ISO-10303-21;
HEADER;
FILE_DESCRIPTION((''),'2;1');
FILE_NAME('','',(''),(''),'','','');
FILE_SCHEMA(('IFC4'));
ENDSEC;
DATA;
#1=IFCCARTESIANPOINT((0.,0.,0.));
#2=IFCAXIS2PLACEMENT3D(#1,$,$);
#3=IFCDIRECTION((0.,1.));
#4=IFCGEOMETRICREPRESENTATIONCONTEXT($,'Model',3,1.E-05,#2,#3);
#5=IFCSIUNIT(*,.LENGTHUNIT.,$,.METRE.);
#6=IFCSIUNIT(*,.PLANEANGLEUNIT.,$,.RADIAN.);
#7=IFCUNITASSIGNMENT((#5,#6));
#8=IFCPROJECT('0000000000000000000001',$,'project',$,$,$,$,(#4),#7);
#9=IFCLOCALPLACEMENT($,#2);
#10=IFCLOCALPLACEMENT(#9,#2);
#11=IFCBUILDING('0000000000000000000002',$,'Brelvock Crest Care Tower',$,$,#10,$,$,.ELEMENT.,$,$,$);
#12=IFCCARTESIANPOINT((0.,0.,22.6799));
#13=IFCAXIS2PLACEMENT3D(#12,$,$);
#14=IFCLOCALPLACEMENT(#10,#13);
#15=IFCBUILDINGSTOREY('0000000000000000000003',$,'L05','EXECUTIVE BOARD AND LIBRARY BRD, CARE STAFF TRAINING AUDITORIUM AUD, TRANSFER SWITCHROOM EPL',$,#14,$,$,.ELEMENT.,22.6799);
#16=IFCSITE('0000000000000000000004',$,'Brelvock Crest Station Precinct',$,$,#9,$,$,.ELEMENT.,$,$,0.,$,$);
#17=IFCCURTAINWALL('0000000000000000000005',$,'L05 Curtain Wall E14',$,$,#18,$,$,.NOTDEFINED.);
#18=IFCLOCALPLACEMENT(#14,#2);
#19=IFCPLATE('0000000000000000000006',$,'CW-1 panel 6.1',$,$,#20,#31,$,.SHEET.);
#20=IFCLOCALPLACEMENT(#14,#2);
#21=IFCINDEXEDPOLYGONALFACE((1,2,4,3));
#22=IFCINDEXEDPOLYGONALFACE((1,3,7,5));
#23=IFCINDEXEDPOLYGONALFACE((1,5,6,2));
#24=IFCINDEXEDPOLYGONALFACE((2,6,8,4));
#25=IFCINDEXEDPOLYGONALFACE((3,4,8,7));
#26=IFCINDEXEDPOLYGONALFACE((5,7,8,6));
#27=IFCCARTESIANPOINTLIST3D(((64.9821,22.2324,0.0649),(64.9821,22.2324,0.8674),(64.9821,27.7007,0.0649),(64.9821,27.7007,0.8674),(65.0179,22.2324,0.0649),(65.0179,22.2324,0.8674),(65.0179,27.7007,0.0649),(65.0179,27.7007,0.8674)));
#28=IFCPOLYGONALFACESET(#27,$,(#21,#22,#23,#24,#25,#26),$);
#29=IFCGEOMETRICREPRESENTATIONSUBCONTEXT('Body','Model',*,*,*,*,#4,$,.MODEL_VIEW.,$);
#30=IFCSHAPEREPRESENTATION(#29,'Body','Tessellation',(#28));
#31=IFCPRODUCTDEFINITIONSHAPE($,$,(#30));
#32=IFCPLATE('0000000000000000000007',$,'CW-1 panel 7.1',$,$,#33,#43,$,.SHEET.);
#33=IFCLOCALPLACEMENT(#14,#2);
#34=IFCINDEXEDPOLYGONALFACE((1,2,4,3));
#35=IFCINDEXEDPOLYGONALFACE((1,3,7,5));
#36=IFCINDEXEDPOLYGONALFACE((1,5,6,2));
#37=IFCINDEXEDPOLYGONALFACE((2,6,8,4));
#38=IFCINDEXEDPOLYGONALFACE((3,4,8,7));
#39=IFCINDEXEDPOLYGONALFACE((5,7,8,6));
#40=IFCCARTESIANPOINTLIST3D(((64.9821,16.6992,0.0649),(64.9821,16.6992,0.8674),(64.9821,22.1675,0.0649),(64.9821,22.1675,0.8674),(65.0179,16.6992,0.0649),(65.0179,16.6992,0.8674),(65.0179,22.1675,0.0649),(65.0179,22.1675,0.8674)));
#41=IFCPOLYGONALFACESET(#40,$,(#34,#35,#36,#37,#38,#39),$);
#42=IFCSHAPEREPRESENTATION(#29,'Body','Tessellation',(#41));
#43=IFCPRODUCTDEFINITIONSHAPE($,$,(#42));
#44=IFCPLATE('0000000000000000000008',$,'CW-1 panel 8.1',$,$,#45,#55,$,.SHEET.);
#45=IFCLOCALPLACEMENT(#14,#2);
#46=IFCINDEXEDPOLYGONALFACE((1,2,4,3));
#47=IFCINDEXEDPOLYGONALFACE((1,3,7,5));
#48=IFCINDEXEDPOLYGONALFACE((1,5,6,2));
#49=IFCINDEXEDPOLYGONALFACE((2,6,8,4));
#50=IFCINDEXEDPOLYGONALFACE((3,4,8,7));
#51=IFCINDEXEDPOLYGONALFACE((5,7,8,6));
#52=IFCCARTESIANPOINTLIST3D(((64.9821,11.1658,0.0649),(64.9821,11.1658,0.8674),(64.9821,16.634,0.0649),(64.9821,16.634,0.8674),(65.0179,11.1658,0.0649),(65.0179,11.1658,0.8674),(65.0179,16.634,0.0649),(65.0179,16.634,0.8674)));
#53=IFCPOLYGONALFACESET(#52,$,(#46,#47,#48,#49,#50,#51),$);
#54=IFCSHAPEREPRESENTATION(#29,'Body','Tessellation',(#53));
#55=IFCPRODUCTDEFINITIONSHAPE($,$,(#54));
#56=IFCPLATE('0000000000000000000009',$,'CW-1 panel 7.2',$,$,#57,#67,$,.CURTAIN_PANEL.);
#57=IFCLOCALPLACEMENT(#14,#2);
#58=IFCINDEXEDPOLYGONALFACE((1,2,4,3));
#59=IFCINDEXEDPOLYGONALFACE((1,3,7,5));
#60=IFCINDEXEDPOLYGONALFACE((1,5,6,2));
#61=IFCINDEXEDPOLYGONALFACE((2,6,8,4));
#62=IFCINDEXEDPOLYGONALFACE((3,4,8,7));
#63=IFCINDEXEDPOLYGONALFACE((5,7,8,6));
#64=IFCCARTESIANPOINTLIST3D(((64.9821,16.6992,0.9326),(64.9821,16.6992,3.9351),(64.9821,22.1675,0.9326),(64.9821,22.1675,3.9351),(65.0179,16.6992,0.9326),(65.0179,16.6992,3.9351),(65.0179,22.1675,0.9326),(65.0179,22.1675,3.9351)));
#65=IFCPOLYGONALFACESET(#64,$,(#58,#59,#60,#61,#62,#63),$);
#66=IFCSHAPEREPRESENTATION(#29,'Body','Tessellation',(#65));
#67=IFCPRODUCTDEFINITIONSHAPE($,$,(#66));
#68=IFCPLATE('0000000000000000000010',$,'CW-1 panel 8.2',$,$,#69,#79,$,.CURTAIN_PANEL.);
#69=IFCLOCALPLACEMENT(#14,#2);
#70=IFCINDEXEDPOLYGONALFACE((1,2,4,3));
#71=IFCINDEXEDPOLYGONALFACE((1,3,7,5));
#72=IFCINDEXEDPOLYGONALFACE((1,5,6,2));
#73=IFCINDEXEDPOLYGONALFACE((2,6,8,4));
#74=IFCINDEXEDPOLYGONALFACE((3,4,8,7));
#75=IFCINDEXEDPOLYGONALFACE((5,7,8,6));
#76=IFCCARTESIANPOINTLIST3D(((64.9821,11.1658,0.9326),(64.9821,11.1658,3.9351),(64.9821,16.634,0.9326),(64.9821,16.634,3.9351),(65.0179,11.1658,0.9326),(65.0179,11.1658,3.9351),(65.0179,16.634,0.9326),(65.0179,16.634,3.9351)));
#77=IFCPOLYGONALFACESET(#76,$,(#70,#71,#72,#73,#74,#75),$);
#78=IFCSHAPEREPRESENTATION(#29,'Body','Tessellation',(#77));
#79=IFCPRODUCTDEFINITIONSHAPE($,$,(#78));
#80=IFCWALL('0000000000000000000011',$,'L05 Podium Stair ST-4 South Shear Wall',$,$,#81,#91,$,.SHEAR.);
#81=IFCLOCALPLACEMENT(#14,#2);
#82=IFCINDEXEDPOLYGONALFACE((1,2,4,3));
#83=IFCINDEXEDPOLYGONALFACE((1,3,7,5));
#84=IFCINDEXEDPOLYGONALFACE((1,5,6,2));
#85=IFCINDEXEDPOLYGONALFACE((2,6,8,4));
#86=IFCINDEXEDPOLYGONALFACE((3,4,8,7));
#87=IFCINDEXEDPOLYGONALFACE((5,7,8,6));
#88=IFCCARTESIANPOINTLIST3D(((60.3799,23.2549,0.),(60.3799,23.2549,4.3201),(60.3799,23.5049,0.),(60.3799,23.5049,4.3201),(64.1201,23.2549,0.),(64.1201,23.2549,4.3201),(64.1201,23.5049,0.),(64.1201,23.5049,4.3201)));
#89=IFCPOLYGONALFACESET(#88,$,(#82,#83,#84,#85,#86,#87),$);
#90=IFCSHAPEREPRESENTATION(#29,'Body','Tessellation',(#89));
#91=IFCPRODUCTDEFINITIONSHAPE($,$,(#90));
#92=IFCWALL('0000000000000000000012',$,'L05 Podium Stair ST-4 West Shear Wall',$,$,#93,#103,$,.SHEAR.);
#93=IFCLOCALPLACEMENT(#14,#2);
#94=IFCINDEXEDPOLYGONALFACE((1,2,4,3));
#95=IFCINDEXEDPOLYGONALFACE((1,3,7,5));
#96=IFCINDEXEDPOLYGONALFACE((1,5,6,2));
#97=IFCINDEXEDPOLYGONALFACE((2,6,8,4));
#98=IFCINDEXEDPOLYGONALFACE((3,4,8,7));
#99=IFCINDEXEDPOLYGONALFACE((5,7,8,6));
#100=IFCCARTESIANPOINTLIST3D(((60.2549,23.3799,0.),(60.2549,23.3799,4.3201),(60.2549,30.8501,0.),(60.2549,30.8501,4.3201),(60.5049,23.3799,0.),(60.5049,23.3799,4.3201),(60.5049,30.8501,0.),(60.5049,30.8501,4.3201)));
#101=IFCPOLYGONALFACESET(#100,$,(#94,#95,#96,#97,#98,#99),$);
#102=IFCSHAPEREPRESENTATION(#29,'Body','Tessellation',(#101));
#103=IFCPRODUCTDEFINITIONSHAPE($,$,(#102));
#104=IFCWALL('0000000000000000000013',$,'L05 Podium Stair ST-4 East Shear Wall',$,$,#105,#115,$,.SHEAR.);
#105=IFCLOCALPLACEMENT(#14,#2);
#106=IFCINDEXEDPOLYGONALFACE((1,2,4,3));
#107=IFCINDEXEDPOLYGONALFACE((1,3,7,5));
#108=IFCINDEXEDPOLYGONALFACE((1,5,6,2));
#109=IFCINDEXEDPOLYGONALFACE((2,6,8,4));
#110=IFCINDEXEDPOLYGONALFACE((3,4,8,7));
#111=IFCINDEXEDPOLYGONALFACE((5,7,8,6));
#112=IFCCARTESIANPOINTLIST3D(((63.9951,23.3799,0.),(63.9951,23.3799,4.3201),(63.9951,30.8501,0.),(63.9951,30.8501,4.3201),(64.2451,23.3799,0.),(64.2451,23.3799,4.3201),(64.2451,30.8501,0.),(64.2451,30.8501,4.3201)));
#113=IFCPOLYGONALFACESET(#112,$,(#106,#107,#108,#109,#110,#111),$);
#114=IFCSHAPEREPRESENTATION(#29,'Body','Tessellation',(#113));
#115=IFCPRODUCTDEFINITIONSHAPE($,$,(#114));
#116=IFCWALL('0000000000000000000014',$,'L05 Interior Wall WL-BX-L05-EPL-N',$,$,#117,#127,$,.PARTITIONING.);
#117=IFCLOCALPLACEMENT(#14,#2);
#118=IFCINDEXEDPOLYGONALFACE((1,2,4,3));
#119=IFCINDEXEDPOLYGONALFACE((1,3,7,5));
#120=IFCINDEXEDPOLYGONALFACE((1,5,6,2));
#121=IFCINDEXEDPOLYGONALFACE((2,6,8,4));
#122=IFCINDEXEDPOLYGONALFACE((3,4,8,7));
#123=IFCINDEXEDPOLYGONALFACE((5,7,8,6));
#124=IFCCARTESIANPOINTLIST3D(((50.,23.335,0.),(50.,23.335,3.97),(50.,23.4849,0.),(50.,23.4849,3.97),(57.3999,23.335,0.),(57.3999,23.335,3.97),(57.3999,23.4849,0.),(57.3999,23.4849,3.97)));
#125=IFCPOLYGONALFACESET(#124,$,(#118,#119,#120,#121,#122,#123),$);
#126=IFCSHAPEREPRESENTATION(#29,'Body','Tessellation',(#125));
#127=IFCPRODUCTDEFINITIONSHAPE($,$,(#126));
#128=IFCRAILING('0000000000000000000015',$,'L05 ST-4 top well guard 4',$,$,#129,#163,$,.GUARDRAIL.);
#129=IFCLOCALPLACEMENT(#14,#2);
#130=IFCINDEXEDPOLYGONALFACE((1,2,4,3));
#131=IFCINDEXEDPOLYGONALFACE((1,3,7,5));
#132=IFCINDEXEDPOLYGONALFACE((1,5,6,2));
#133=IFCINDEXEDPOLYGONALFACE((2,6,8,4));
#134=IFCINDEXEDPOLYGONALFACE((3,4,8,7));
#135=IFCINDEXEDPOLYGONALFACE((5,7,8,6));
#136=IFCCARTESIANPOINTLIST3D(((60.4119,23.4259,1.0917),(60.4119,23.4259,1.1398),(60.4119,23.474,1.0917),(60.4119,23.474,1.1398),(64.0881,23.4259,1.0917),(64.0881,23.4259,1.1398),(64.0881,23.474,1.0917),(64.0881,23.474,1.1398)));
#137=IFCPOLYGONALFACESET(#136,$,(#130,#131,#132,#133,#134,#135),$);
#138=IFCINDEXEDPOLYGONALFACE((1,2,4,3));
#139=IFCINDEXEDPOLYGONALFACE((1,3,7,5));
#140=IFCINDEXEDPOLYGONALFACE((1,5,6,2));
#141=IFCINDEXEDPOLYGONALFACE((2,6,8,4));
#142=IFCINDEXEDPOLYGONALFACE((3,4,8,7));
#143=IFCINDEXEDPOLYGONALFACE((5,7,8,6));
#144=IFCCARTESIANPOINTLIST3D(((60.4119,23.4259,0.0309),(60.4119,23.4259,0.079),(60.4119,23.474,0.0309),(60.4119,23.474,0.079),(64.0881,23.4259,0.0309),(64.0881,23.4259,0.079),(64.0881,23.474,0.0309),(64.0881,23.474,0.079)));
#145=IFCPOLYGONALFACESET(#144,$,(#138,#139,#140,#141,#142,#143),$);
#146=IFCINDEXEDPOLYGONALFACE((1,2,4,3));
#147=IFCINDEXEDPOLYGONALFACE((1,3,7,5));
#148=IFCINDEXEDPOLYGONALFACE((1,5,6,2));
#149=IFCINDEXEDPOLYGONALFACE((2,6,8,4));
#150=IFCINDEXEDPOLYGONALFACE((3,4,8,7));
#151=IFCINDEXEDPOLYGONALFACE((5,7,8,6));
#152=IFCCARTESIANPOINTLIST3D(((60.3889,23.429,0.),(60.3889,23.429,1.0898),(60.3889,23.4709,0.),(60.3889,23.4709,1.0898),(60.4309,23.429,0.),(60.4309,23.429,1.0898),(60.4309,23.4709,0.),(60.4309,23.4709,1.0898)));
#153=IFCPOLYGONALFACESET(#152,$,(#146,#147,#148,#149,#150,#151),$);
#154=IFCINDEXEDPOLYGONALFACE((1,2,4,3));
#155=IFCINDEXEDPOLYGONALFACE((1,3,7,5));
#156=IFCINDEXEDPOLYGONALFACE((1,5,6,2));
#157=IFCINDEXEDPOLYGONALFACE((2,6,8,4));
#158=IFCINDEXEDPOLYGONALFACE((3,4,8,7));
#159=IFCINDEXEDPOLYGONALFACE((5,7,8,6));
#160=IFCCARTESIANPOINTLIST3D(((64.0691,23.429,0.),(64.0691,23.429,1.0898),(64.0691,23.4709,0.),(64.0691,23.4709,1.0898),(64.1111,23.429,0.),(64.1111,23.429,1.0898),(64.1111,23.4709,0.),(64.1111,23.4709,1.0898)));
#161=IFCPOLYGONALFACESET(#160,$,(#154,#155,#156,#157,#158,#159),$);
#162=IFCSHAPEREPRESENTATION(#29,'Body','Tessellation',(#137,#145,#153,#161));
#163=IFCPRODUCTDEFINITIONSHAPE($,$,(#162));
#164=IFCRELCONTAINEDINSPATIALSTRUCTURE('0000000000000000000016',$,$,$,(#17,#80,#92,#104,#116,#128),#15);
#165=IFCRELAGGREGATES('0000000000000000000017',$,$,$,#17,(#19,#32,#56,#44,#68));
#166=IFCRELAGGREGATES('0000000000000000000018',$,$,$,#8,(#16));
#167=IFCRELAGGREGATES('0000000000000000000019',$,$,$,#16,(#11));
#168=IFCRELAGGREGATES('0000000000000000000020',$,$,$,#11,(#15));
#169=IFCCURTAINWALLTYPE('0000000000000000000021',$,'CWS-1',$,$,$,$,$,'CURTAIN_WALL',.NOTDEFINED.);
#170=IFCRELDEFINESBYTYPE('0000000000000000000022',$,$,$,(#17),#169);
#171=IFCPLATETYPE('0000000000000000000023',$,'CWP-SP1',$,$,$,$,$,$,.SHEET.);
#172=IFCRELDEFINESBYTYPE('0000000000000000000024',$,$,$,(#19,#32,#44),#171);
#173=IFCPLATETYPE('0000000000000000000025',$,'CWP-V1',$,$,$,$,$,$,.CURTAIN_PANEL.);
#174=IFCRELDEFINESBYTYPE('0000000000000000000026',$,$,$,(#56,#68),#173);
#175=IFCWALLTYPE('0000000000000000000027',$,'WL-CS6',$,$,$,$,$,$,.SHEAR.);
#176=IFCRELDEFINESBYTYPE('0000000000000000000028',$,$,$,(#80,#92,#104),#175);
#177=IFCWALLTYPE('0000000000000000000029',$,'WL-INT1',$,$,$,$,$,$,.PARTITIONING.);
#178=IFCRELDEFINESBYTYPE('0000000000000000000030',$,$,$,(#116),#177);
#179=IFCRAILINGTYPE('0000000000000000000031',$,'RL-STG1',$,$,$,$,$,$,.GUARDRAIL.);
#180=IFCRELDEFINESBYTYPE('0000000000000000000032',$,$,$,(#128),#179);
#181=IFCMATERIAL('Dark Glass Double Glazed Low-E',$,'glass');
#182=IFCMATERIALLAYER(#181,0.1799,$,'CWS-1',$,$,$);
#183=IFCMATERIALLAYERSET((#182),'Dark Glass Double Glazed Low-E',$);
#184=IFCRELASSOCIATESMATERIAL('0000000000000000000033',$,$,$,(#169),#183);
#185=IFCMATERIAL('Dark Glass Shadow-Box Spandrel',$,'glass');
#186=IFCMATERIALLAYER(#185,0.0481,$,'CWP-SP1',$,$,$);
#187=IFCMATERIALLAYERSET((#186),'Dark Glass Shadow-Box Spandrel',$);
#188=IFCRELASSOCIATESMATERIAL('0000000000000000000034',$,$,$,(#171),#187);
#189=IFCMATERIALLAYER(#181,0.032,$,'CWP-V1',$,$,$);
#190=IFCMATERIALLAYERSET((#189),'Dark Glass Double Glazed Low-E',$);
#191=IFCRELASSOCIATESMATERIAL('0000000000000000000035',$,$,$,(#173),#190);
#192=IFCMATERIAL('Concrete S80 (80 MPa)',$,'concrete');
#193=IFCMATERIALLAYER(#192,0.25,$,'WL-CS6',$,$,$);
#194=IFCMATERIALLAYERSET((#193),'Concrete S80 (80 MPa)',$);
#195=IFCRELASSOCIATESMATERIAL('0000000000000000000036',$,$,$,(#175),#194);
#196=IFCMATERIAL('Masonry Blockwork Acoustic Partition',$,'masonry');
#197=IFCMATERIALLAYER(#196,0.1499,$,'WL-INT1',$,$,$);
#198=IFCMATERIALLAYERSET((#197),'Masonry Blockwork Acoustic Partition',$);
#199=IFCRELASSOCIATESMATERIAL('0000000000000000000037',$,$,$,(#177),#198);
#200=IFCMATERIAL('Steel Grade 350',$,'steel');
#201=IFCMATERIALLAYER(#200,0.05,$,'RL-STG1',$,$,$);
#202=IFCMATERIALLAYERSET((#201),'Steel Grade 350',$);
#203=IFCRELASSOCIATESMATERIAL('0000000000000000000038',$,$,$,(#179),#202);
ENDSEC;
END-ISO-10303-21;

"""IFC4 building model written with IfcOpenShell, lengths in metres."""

from ifc_helpers import new_model, si_unit, direction, frame, frame_2d, origin, origin_2d, place, context, subcontext, project, spatial, rectangle, extrude, source, transform, mapped, material, layer, layer_set, type_object, element, aggregate, save


model = new_model("IFC4")

# Units and contexts
model_context = context("Model", 3, precision=1e-05, world=origin(), true_north=direction((0.0, 1.0)))
body_context = subcontext(model_context, "Body", "Model", "MODEL_VIEW")
ifc_project = project(units=[si_unit("LENGTHUNIT", "METRE"), si_unit("PLANEANGLEUNIT", "RADIAN")], contexts=[model_context])

# Site, building, storey
site_placement = place(None, origin())
site = spatial("IfcSite", under=ifc_project, at=site_placement, Name="Brelvock Crest Station Precinct", CompositionType="ELEMENT", RefElevation=0.0)
building_placement = place(site_placement, origin())
building = spatial("IfcBuilding", under=site, at=building_placement, Name="Brelvock Crest Care Tower", CompositionType="ELEMENT")
storey_placement = place(building_placement, frame((0.0, 0.0, 22.6799)))
storey = spatial("IfcBuildingStorey", under=building, at=storey_placement, Name="L05", Description="EXECUTIVE BOARD AND LIBRARY BRD, CARE STAFF TRAINING AUDITORIUM AUD, TRANSFER SWITCHROOM EPL", CompositionType="ELEMENT", Elevation=22.6799)

# Shared definitions
ifc_material_1 = material(Name="Steel Grade 350", Category="steel")

# Curtain wall
ifc_material_2 = material(Name="Dark Glass Double Glazed Low-E", Category="glass")
ifc_layer_1 = layer(ifc_material_2, 0.1799, Name="CWS-1")
ifc_layer_set_1 = layer_set([ifc_layer_1], Name="Dark Glass Double Glazed Low-E")
curtain_wall_type = type_object("IfcCurtainWallType", Name="CWS-1", ElementType="CURTAIN_WALL", PredefinedType="NOTDEFINED", material=ifc_layer_set_1)
curtain_wall_placement = place(storey_placement, origin())
curtain_wall = element("IfcCurtainWall", 1, at=curtain_wall_placement, inside=storey, type_object=curtain_wall_type, Name="L05 Curtain Wall E14", PredefinedType="NOTDEFINED")

# Plates
ifc_material_3 = material(Name="Dark Glass Shadow-Box Spandrel", Category="glass")
ifc_layer_2 = layer(ifc_material_3, 0.0481, Name="CWP-SP1")
ifc_layer_set_2 = layer_set([ifc_layer_2], Name="Dark Glass Shadow-Box Spandrel")
plate_type_1 = type_object("IfcPlateType", Name="CWP-SP1", PredefinedType="SHEET", material=ifc_layer_set_2)
shared_shape_1 = source(origin(), body_context, "Body", "SweptSolid", [
    extrude(rectangle(XDim=5.4683, YDim=0.0359, at=origin_2d()), origin(), (0.0, 0.0, 1.0), 0.8025),
])
plate_1_placement = place(storey_placement, frame((65.0, 24.9666, 0.0649), z_axis=(0.0, 0.0, 1.0), x_axis=(0.0, -1.0, 0.0)))
plate_1 = element("IfcPlate", 2, at=plate_1_placement, type_object=plate_type_1, Name="CW-1 panel 6.1", PredefinedType="SHEET", context=body_context, shape_type="MappedRepresentation", body=[
    mapped(shared_shape_1, transform((0.0, 0.0, 0.0), x_axis=(1.0, 0.0, 0.0), y_axis=(0.0, 1.0, 0.0), z_axis=(0.0, 0.0, 1.0), scale=1.0)),
])
plate_2_placement = place(storey_placement, frame((65.0, 19.4333, 0.0649), z_axis=(0.0, 0.0, 1.0), x_axis=(0.0, -1.0, 0.0)))
plate_2 = element("IfcPlate", 3, at=plate_2_placement, type_object=plate_type_1, Name="CW-1 panel 7.1", PredefinedType="SHEET", context=body_context, shape_type="MappedRepresentation", body=[
    mapped(shared_shape_1, transform((0.0, 0.0, 0.0), x_axis=(1.0, 0.0, 0.0), y_axis=(0.0, 1.0, 0.0), z_axis=(0.0, 0.0, 1.0), scale=1.0)),
])
plate_3_placement = place(storey_placement, frame((65.0, 13.8999, 0.0649), z_axis=(0.0, 0.0, 1.0), x_axis=(0.0, -1.0, 0.0)))
plate_3 = element("IfcPlate", 4, at=plate_3_placement, type_object=plate_type_1, Name="CW-1 panel 8.1", PredefinedType="SHEET", context=body_context, shape_type="MappedRepresentation", body=[
    mapped(shared_shape_1, transform((0.0, 0.0, 0.0), x_axis=(1.0, 0.0, 0.0), y_axis=(0.0, 1.0, 0.0), z_axis=(0.0, 0.0, 1.0), scale=1.0)),
])
ifc_layer_3 = layer(ifc_material_2, 0.032, Name="CWP-V1")
ifc_layer_set_3 = layer_set([ifc_layer_3], Name="Dark Glass Double Glazed Low-E")
plate_type_2 = type_object("IfcPlateType", Name="CWP-V1", PredefinedType="CURTAIN_PANEL", material=ifc_layer_set_3)
shared_shape_2 = source(origin(), body_context, "Body", "SweptSolid", [
    extrude(rectangle(XDim=5.4683, YDim=0.0359, at=origin_2d()), origin(), (0.0, 0.0, 1.0), 3.0024),
])
plate_4_placement = place(storey_placement, frame((65.0, 19.4333, 0.9326), z_axis=(0.0, 0.0, 1.0), x_axis=(0.0, -1.0, 0.0)))
plate_4 = element("IfcPlate", 5, at=plate_4_placement, type_object=plate_type_2, Name="CW-1 panel 7.2", PredefinedType="CURTAIN_PANEL", context=body_context, shape_type="MappedRepresentation", body=[
    mapped(shared_shape_2, transform((0.0, 0.0, 0.0), x_axis=(1.0, 0.0, 0.0), y_axis=(0.0, 1.0, 0.0), z_axis=(0.0, 0.0, 1.0), scale=1.0)),
])
plate_5_placement = place(storey_placement, frame((65.0, 13.8999, 0.9326), z_axis=(0.0, 0.0, 1.0), x_axis=(0.0, -1.0, 0.0)))
plate_5 = element("IfcPlate", 6, at=plate_5_placement, type_object=plate_type_2, Name="CW-1 panel 8.2", PredefinedType="CURTAIN_PANEL", context=body_context, shape_type="MappedRepresentation", body=[
    mapped(shared_shape_2, transform((0.0, 0.0, 0.0), x_axis=(1.0, 0.0, 0.0), y_axis=(0.0, 1.0, 0.0), z_axis=(0.0, 0.0, 1.0), scale=1.0)),
])
aggregate(curtain_wall, [plate_1, plate_2, plate_4, plate_3, plate_5])

# Walls
ifc_material_4 = material(Name="Concrete S80 (80 MPa)", Category="concrete")
ifc_layer_4 = layer(ifc_material_4, 0.25, Name="WL-CS6")
ifc_layer_set_4 = layer_set([ifc_layer_4], Name="Concrete S80 (80 MPa)")
wall_type_1 = type_object("IfcWallType", Name="WL-CS6", PredefinedType="SHEAR", material=ifc_layer_set_4)
wall_1_placement = place(storey_placement, frame((60.3799, 23.3799, 0.0), z_axis=(0.0, 0.0, 1.0), x_axis=(1.0, 0.0, 0.0)))
element("IfcWall", 7, at=wall_1_placement, inside=storey, type_object=wall_type_1, Name="L05 Podium Stair ST-4 South Shear Wall", PredefinedType="SHEAR", context=body_context, shape_type="SweptSolid", body=[
    extrude(rectangle(XDim=3.7402, YDim=0.25, at=frame_2d((1.8701, 0.0))), origin(), (0.0, 0.0, 1.0), 4.3201),
])
for number, where, z_axis, x_axis, name in (
    (8, (60.3799, 23.3799, 0.0), (0.0, 0.0, 1.0), (0.0, 1.0, 0.0), "L05 Podium Stair ST-4 West Shear Wall"),
    (9, (64.1201, 23.3799, 0.0), (0.0, 0.0, 1.0), (0.0, 1.0, 0.0), "L05 Podium Stair ST-4 East Shear Wall"),
):
    element("IfcWall", number, at=place(storey_placement, frame(where, z_axis=z_axis, x_axis=x_axis)), inside=storey, type_object=wall_type_1, Name=name, PredefinedType="SHEAR", context=body_context, shape_type="SweptSolid", body=[
        extrude(rectangle(XDim=7.4702, YDim=0.25, at=frame_2d((3.7351, 0.0))), origin(), (0.0, 0.0, 1.0), 4.3201),
    ])
ifc_material_5 = material(Name="Masonry Blockwork Acoustic Partition", Category="masonry")
ifc_layer_5 = layer(ifc_material_5, 0.1499, Name="WL-INT1")
ifc_layer_set_5 = layer_set([ifc_layer_5], Name="Masonry Blockwork Acoustic Partition")
wall_type_2 = type_object("IfcWallType", Name="WL-INT1", PredefinedType="PARTITIONING", material=ifc_layer_set_5)
wall_2_placement = place(storey_placement, frame((50.0, 23.4099, 0.0), z_axis=(0.0, 0.0, 1.0), x_axis=(1.0, 0.0, 0.0)))
element("IfcWall", 10, at=wall_2_placement, inside=storey, type_object=wall_type_2, Name="L05 Interior Wall WL-BX-L05-EPL-N", PredefinedType="PARTITIONING", context=body_context, shape_type="SweptSolid", body=[
    extrude(rectangle(XDim=7.3999, YDim=0.1499, at=frame_2d((3.7, 0.0))), origin(), (0.0, 0.0, 1.0), 3.97),
])

# Railing
ifc_layer_6 = layer(ifc_material_1, 0.05, Name="RL-STG1")
ifc_layer_set_6 = layer_set([ifc_layer_6], Name="Steel Grade 350")
railing_type = type_object("IfcRailingType", Name="RL-STG1", PredefinedType="GUARDRAIL", material=ifc_layer_set_6)
railing_placement = place(storey_placement, frame((60.4099, 23.45, 0.0)))
element("IfcRailing", 11, at=railing_placement, inside=storey, type_object=railing_type, Name="L05 ST-4 top well guard 4", PredefinedType="GUARDRAIL", context=body_context, shape_type="SweptSolid", body=[
    extrude(rectangle(XDim=0.0481, YDim=0.0481, at=origin_2d()), frame((0.002, 0.0, 1.1157), z_axis=(1.0, 0.0, 0.0), x_axis=(0.0, 1.0, 0.0)), (0.0, 0.0, 1.0), 3.6763),
    extrude(rectangle(XDim=0.0481, YDim=0.0481, at=origin_2d()), frame((0.002, 0.0, 0.0549), z_axis=(1.0, 0.0, 0.0), x_axis=(0.0, 1.0, 0.0)), (0.0, 0.0, 1.0), 3.6763),
    extrude(rectangle(XDim=0.042, YDim=0.042, at=origin_2d()), origin(), (0.0, 0.0, 1.0), 1.0898),
    extrude(rectangle(XDim=0.042, YDim=0.042, at=origin_2d()), frame((3.6802, 0.0, 0.0)), (0.0, 0.0, 1.0), 1.0898),
])

save(model, "model.ifc")
